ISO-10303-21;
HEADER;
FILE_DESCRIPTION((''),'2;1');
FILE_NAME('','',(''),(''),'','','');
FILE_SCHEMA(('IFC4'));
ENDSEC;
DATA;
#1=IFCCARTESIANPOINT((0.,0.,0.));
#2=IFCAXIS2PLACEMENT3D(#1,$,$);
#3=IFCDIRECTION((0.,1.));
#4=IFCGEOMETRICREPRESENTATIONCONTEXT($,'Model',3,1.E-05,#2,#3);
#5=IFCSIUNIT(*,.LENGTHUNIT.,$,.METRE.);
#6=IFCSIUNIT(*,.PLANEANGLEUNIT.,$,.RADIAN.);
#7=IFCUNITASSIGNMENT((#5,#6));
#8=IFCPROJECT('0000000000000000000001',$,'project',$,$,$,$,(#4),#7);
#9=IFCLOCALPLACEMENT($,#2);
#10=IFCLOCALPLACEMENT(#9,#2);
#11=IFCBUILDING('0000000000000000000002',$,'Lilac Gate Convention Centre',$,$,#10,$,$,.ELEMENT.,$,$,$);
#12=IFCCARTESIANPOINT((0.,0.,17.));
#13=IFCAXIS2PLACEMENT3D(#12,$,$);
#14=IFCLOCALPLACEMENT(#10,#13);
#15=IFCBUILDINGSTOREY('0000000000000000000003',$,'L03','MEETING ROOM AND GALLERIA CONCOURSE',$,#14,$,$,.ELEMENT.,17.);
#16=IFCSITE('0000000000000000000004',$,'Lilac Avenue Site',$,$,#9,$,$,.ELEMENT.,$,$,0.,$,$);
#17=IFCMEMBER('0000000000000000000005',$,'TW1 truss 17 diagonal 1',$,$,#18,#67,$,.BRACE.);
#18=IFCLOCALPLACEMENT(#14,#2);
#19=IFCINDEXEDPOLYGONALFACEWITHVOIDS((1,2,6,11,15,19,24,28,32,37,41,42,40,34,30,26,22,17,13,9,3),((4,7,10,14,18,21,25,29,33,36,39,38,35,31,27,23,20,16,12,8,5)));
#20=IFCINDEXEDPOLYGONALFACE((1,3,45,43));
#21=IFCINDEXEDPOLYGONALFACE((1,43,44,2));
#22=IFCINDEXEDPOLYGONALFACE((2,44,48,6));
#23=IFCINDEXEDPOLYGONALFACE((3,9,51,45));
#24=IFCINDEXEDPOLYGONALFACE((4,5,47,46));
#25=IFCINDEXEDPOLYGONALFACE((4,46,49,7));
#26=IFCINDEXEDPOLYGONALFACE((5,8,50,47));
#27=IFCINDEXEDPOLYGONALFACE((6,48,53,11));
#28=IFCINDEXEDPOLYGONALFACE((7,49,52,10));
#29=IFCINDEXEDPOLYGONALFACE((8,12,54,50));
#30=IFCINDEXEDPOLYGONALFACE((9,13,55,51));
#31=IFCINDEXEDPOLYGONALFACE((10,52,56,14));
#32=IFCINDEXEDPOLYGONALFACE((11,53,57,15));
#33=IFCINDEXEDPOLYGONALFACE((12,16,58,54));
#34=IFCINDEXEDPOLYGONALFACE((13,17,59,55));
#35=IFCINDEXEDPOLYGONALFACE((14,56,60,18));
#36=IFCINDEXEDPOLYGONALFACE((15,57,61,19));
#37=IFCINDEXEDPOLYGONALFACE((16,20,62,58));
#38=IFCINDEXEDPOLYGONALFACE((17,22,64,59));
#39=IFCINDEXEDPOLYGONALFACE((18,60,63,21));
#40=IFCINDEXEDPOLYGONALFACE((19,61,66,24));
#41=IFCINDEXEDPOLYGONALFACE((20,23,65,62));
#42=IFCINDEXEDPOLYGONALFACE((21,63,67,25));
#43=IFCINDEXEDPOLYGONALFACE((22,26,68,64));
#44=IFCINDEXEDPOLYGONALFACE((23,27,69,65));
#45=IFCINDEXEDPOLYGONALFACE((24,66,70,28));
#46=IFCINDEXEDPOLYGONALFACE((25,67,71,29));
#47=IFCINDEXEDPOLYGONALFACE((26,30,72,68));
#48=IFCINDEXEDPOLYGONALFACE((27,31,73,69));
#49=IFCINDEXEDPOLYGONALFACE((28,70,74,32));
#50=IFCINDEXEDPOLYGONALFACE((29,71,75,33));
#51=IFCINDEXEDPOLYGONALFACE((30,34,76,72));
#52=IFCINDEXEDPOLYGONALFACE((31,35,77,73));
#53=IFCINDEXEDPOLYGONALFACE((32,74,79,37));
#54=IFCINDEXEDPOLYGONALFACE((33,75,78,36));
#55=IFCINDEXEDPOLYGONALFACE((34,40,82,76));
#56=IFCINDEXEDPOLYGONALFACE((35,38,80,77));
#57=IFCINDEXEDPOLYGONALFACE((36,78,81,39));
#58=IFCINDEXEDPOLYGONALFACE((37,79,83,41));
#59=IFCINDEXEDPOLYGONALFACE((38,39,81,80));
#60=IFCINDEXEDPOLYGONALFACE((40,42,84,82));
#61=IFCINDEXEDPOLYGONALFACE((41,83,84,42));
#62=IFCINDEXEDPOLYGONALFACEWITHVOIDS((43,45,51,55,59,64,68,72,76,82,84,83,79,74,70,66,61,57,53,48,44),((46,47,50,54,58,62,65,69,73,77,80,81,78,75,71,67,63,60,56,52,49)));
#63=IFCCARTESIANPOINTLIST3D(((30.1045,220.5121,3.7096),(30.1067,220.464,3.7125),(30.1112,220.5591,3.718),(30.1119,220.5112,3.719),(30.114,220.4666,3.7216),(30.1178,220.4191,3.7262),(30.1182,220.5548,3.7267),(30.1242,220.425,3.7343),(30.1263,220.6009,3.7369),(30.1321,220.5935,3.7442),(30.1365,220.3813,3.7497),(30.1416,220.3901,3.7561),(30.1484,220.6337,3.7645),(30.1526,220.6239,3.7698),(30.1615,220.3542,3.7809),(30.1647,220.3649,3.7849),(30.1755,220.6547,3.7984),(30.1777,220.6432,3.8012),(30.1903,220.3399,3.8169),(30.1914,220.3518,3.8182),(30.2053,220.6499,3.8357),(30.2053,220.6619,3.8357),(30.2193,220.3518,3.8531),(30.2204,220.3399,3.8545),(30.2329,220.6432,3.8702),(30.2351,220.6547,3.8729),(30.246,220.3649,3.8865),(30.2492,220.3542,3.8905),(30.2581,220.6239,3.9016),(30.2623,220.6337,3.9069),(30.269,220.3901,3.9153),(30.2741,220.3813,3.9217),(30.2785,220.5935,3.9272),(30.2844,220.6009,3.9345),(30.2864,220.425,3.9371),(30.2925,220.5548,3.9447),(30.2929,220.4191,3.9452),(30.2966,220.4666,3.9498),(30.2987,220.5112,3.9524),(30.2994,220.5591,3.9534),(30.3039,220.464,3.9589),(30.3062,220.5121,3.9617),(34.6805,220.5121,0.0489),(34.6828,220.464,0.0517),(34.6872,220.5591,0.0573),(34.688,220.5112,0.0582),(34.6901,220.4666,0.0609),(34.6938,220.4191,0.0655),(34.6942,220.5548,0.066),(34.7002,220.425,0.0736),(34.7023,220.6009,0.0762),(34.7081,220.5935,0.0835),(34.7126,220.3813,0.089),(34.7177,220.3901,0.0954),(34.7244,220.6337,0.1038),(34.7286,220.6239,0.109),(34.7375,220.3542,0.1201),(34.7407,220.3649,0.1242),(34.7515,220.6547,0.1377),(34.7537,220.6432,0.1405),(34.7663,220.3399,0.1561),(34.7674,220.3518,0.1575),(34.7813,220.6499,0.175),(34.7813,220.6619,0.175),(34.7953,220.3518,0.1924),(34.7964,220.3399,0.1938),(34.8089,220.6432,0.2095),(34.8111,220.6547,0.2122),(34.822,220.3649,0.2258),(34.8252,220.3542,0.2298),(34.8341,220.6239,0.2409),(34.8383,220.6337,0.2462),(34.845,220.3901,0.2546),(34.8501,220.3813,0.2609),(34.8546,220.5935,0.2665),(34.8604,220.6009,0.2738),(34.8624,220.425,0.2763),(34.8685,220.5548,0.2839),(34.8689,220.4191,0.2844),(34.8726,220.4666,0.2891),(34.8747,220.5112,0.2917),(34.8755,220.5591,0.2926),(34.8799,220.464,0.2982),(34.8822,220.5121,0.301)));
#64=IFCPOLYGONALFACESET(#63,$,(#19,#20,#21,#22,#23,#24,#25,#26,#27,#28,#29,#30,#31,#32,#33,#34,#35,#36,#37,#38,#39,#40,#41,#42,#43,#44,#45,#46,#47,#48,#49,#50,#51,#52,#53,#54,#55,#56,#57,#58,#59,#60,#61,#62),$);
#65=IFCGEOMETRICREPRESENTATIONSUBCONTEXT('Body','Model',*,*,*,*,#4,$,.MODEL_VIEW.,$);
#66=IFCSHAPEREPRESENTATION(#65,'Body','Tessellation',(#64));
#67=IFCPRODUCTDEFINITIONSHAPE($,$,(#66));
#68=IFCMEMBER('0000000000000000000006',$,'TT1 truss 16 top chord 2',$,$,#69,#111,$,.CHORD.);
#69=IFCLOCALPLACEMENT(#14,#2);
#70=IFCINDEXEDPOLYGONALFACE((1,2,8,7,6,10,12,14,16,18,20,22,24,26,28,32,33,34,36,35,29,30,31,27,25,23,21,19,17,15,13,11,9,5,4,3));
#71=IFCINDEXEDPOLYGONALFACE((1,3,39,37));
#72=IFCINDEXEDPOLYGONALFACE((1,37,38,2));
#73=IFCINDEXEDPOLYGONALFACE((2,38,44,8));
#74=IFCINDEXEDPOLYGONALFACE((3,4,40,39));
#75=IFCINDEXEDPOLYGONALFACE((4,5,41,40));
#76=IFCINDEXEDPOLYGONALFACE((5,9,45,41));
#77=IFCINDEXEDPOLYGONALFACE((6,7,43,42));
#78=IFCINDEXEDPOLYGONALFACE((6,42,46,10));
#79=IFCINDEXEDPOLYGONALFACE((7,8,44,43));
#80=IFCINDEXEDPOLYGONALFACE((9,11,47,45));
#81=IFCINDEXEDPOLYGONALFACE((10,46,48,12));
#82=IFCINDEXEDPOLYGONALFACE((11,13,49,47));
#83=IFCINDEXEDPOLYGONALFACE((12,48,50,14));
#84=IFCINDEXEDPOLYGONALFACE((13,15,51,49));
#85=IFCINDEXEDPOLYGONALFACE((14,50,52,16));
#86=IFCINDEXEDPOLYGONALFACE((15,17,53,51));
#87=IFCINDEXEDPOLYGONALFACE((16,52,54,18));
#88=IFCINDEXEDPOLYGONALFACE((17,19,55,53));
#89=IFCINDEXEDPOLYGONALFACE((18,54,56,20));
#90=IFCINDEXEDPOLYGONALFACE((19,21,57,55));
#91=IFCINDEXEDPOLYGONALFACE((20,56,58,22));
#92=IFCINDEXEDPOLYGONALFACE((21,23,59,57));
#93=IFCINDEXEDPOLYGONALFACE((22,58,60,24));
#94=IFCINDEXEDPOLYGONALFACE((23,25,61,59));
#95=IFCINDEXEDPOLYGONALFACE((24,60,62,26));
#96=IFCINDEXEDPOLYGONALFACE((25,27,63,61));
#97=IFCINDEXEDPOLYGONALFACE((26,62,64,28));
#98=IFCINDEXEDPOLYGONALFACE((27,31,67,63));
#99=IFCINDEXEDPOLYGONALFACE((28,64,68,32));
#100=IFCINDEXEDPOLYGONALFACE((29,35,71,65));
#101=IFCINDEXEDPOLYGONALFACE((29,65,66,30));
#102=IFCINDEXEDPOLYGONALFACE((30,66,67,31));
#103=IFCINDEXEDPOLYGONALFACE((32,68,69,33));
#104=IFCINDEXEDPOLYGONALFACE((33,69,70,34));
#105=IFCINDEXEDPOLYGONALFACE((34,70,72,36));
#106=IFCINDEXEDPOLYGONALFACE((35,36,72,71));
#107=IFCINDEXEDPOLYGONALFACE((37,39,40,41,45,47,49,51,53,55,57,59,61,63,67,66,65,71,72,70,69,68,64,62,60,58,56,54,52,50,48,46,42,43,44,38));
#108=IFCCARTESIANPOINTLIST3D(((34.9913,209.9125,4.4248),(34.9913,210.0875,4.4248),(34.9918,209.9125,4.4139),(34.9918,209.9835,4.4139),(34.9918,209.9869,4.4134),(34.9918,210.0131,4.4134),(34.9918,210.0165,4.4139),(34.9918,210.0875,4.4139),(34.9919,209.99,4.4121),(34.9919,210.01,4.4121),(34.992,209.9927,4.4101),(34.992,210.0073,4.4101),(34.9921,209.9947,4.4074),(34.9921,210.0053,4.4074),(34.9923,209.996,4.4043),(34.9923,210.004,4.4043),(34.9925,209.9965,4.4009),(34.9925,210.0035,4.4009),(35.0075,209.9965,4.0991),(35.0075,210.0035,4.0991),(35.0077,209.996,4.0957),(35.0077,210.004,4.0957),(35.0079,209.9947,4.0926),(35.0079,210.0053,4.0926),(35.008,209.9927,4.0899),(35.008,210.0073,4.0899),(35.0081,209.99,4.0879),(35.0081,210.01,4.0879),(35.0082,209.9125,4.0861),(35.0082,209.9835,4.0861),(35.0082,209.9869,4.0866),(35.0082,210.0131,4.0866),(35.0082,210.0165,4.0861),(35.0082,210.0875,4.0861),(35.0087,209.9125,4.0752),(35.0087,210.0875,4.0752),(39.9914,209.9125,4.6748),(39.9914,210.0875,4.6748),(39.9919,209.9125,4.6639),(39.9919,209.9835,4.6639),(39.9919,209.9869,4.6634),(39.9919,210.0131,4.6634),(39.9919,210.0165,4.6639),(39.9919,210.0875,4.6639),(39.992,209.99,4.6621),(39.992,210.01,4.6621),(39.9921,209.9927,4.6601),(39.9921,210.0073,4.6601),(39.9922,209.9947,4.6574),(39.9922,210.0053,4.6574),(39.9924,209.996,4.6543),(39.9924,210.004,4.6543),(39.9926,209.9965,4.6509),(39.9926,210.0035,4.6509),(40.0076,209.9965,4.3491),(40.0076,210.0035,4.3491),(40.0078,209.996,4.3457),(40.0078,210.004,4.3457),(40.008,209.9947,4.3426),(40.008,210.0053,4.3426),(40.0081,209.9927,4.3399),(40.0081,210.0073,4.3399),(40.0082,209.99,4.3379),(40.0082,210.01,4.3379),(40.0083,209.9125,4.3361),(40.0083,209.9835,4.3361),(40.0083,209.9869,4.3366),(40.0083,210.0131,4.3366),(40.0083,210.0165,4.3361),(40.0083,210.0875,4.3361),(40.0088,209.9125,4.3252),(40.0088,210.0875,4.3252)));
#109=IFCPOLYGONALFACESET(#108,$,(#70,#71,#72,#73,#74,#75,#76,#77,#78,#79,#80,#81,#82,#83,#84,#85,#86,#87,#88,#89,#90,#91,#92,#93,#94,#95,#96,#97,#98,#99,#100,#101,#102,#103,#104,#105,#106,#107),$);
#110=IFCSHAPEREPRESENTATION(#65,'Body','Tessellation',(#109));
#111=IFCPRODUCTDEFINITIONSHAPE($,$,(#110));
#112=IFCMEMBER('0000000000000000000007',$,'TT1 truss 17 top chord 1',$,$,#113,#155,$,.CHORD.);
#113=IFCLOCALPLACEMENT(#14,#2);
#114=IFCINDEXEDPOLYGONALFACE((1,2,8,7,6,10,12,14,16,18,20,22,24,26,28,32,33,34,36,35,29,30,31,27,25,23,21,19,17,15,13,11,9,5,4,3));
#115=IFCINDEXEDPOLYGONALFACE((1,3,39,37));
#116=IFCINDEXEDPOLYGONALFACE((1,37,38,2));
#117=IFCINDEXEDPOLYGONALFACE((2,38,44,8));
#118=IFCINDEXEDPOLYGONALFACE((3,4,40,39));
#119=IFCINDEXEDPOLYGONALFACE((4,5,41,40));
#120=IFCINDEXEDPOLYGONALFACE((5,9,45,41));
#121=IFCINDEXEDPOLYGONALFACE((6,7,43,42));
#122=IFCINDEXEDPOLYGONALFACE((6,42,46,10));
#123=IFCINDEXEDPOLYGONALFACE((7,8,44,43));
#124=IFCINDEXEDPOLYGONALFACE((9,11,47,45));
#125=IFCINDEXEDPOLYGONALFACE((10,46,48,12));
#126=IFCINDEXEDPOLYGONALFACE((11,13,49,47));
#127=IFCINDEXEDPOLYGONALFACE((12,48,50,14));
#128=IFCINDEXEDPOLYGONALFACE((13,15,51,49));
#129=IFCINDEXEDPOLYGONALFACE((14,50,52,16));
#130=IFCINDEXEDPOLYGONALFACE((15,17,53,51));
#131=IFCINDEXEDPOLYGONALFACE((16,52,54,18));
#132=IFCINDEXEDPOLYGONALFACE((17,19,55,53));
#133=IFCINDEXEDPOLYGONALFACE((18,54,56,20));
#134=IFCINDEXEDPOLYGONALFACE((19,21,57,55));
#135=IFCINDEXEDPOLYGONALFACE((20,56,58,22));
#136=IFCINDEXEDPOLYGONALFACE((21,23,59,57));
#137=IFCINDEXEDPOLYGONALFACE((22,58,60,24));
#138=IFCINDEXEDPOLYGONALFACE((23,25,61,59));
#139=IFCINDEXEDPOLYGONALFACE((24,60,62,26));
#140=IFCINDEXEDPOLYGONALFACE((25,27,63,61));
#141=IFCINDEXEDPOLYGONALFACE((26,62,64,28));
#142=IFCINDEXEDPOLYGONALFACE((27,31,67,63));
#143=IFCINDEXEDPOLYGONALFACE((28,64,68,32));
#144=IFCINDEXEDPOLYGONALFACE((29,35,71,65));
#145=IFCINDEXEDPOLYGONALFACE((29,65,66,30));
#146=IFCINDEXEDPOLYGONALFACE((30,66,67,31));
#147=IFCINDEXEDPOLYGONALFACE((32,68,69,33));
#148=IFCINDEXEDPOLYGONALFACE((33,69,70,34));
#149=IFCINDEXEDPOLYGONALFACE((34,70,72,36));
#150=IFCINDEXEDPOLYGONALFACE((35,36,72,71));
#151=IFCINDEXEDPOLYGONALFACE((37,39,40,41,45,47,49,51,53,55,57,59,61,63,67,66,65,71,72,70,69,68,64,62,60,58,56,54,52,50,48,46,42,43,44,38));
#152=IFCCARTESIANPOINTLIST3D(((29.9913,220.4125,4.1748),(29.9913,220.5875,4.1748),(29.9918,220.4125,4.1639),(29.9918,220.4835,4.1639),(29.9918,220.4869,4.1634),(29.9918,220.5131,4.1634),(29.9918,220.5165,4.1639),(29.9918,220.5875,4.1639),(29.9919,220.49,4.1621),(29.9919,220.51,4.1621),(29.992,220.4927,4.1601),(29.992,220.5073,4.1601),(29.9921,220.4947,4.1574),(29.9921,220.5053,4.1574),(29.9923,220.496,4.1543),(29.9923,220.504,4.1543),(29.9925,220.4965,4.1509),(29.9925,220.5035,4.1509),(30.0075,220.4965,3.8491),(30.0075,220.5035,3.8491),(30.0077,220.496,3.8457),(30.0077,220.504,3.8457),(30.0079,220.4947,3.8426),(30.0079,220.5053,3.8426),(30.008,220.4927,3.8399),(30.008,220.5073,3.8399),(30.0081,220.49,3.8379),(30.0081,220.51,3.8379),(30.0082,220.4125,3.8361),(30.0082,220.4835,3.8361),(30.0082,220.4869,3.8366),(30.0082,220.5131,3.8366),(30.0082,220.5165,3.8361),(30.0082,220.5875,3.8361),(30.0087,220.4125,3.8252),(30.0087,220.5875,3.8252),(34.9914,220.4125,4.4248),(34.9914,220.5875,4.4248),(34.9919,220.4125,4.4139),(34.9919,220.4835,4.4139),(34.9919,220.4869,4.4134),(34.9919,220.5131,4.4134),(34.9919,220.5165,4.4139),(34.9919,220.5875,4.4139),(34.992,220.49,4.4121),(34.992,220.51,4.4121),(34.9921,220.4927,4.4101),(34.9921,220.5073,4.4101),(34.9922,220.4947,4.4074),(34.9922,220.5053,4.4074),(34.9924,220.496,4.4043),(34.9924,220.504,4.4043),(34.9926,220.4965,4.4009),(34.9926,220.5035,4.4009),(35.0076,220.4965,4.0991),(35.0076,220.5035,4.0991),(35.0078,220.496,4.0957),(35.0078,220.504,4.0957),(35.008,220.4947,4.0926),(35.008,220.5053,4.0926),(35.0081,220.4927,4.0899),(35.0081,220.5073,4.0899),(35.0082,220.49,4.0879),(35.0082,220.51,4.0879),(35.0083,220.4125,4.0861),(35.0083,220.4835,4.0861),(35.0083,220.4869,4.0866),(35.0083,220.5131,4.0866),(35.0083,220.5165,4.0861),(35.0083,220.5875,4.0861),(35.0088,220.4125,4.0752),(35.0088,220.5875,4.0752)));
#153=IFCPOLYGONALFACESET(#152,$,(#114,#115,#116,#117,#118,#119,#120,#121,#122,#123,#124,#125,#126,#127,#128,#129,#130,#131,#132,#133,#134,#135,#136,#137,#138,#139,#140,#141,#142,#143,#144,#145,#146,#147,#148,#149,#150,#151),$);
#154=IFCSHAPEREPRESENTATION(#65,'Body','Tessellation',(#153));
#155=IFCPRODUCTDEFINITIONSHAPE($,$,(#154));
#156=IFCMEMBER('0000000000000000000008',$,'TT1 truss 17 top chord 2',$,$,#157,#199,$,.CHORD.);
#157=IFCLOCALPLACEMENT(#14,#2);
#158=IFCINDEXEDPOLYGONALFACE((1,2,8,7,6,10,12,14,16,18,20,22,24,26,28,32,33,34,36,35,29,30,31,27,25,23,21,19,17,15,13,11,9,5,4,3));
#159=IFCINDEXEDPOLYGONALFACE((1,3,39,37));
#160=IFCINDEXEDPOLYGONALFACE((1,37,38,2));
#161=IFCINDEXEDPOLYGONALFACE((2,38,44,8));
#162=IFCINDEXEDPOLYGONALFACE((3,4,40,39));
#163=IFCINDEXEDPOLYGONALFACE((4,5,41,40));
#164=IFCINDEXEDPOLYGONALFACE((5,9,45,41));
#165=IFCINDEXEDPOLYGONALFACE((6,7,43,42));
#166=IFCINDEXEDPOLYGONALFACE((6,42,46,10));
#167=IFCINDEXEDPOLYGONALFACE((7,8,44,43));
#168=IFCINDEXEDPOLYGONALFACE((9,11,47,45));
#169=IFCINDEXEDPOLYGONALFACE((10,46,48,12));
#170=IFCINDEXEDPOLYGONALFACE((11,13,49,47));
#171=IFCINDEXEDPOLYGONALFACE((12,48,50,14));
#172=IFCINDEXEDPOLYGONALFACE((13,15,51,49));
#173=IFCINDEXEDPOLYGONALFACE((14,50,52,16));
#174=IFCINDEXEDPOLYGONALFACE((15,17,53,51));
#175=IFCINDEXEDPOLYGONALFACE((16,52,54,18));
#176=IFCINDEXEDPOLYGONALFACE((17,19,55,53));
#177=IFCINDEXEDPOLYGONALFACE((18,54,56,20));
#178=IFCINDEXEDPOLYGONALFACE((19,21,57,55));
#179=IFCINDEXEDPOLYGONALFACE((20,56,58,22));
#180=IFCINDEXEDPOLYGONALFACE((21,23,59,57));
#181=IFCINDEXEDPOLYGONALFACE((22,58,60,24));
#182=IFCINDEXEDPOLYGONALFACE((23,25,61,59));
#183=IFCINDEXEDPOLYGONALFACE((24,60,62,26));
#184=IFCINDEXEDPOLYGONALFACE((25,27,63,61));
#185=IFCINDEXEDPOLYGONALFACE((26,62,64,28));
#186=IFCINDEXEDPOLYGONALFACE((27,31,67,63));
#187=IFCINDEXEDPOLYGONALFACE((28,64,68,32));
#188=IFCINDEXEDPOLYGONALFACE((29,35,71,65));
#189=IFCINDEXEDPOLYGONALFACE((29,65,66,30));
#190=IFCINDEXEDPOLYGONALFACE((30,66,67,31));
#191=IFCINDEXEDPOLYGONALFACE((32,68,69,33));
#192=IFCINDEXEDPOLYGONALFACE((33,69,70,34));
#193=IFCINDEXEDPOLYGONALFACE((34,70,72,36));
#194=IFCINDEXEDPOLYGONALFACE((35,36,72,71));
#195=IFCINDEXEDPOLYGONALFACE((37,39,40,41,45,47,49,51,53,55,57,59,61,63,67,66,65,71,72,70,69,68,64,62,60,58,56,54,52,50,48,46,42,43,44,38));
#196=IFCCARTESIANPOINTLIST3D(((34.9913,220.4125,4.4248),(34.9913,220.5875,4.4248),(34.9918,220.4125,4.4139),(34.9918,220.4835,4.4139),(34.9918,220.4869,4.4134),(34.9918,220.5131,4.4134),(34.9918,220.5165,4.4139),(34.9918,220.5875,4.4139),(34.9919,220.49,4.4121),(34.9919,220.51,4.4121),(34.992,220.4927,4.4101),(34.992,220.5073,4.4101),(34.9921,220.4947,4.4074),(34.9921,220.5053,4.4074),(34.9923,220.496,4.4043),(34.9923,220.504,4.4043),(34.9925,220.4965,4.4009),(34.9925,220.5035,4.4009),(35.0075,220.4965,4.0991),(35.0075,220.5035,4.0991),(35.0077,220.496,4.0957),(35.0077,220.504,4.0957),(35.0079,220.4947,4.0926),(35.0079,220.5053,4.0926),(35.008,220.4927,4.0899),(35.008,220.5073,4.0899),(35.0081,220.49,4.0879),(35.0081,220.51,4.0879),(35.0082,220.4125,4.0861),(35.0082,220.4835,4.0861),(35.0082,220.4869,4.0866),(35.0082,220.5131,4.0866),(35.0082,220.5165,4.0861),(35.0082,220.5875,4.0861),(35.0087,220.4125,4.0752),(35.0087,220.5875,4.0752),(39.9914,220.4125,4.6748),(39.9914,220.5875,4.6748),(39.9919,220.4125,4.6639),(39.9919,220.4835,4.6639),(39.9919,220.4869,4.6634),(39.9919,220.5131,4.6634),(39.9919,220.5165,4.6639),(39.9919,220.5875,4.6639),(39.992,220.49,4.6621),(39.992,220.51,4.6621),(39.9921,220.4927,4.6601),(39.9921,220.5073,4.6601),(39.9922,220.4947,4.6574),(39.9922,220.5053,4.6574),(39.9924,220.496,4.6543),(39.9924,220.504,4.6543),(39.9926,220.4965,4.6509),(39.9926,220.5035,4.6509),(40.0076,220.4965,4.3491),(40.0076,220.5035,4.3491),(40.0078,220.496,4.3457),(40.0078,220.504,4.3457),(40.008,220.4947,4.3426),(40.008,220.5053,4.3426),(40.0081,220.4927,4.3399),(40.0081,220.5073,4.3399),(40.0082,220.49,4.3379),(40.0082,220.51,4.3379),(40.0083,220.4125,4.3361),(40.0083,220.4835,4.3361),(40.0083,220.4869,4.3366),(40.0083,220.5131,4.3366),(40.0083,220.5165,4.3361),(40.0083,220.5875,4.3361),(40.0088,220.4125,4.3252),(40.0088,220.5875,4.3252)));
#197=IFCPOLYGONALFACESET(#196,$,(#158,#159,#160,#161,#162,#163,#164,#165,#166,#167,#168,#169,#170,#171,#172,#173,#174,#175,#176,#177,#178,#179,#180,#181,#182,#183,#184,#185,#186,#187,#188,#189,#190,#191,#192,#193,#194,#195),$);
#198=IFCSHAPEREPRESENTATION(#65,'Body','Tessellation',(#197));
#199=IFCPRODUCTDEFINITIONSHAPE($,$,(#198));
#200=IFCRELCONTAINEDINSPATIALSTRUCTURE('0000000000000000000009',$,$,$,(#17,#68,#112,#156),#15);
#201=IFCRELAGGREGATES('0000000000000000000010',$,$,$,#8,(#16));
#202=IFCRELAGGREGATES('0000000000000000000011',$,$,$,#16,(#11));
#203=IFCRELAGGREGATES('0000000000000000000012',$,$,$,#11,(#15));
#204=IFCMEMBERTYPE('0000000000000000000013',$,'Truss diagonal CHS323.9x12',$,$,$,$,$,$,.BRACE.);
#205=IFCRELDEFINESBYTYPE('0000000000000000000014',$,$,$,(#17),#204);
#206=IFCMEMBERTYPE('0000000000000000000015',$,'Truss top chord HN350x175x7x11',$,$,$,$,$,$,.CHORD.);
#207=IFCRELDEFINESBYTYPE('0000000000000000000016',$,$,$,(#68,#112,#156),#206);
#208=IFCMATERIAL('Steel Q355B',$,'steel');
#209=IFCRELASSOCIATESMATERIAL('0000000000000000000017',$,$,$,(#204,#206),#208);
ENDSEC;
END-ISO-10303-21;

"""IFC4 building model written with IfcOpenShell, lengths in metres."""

from ifc_helpers import new_model, si_unit, direction, frame, origin, origin_2d, place, context, subcontext, project, spatial, hollow_circle, i_section, extrude, material, material_profile, profile_set, type_object, element, save


model = new_model("IFC4")

# Units and contexts
model_context = context("Model", 3, precision=1e-05, world=origin(), true_north=direction((0.0, 1.0)))
body_context = subcontext(model_context, "Body", "Model", "MODEL_VIEW")
ifc_project = project(units=[si_unit("LENGTHUNIT", "METRE"), si_unit("PLANEANGLEUNIT", "RADIAN")], contexts=[model_context])

# Site, building, storey
site_placement = place(None, origin())
site = spatial("IfcSite", under=ifc_project, at=site_placement, Name="Lilac Avenue Site", CompositionType="ELEMENT", RefElevation=0.0)
building_placement = place(site_placement, origin())
building = spatial("IfcBuilding", under=site, at=building_placement, Name="Lilac Gate Convention Centre", CompositionType="ELEMENT")
storey_placement = place(building_placement, frame((0.0, 0.0, 17.0)))
storey = spatial("IfcBuildingStorey", under=building, at=storey_placement, Name="L03", Description="MEETING ROOM AND GALLERIA CONCOURSE", CompositionType="ELEMENT", Elevation=17.0)

# Members
ifc_material = material(Name="Steel Q355B", Category="steel")
ifc_material_profile_1 = material_profile(ifc_material, hollow_circle(Radius=0.1619, WallThickness=0.012, at=origin_2d()), Name="CHS323.9x12")
ifc_profile_set_1 = profile_set([ifc_material_profile_1], Name="Steel Q355B")
member_type_1 = type_object("IfcMemberType", Name="Truss diagonal CHS323.9x12", PredefinedType="BRACE", material=ifc_profile_set_1)
for number, where, z_axis, x_axis, name in (
    (1, (30.2053, 220.5, 3.8357), (0.780877, 0.0, -0.624685), (0.0, 1.0, 0.0), "TW1 truss 17 diagonal 1"),
):
    element("IfcMember", number, at=place(storey_placement, frame(where, z_axis=z_axis, x_axis=x_axis)), inside=storey, type_object=member_type_1, Name=name, PredefinedType="BRACE", context=body_context, shape_type="SweptSolid", body=[
        extrude(hollow_circle(Radius=0.1619, WallThickness=0.012, at=origin_2d()), origin(), (0.0, 0.0, 1.0), 5.8601),
    ])
ifc_material_profile_2 = material_profile(ifc_material, i_section(OverallWidth=0.175, OverallDepth=0.3501, WebThickness=0.0071, FlangeThickness=0.011, FilletRadius=0.0129, at=origin_2d()), Name="HN350x175x7x11")
ifc_profile_set_2 = profile_set([ifc_material_profile_2], Name="Steel Q355B")
member_type_2 = type_object("IfcMemberType", Name="Truss top chord HN350x175x7x11", PredefinedType="CHORD", material=ifc_profile_set_2)
for number, where, z_axis, x_axis, name in (
    (2, (35.0, 210.0, 4.25), (0.998752, 0.0, 0.049938), (0.0, 1.0, 0.0), "TT1 truss 16 top chord 2"),
    (3, (30.0, 220.5, 4.0), (0.998752, 0.0, 0.049938), (0.0, 1.0, 0.0), "TT1 truss 17 top chord 1"),
    (4, (35.0, 220.5, 4.25), (0.998752, 0.0, 0.049938), (0.0, 1.0, 0.0), "TT1 truss 17 top chord 2"),
):
    element("IfcMember", number, at=place(storey_placement, frame(where, z_axis=z_axis, x_axis=x_axis)), inside=storey, type_object=member_type_2, Name=name, PredefinedType="CHORD", context=body_context, shape_type="SweptSolid", body=[
        extrude(i_section(OverallWidth=0.175, OverallDepth=0.3501, WebThickness=0.0071, FlangeThickness=0.011, FilletRadius=0.0129, at=origin_2d()), origin(), (0.0, 0.0, 1.0), 5.0063),
    ])

save(model, "model.ifc")
